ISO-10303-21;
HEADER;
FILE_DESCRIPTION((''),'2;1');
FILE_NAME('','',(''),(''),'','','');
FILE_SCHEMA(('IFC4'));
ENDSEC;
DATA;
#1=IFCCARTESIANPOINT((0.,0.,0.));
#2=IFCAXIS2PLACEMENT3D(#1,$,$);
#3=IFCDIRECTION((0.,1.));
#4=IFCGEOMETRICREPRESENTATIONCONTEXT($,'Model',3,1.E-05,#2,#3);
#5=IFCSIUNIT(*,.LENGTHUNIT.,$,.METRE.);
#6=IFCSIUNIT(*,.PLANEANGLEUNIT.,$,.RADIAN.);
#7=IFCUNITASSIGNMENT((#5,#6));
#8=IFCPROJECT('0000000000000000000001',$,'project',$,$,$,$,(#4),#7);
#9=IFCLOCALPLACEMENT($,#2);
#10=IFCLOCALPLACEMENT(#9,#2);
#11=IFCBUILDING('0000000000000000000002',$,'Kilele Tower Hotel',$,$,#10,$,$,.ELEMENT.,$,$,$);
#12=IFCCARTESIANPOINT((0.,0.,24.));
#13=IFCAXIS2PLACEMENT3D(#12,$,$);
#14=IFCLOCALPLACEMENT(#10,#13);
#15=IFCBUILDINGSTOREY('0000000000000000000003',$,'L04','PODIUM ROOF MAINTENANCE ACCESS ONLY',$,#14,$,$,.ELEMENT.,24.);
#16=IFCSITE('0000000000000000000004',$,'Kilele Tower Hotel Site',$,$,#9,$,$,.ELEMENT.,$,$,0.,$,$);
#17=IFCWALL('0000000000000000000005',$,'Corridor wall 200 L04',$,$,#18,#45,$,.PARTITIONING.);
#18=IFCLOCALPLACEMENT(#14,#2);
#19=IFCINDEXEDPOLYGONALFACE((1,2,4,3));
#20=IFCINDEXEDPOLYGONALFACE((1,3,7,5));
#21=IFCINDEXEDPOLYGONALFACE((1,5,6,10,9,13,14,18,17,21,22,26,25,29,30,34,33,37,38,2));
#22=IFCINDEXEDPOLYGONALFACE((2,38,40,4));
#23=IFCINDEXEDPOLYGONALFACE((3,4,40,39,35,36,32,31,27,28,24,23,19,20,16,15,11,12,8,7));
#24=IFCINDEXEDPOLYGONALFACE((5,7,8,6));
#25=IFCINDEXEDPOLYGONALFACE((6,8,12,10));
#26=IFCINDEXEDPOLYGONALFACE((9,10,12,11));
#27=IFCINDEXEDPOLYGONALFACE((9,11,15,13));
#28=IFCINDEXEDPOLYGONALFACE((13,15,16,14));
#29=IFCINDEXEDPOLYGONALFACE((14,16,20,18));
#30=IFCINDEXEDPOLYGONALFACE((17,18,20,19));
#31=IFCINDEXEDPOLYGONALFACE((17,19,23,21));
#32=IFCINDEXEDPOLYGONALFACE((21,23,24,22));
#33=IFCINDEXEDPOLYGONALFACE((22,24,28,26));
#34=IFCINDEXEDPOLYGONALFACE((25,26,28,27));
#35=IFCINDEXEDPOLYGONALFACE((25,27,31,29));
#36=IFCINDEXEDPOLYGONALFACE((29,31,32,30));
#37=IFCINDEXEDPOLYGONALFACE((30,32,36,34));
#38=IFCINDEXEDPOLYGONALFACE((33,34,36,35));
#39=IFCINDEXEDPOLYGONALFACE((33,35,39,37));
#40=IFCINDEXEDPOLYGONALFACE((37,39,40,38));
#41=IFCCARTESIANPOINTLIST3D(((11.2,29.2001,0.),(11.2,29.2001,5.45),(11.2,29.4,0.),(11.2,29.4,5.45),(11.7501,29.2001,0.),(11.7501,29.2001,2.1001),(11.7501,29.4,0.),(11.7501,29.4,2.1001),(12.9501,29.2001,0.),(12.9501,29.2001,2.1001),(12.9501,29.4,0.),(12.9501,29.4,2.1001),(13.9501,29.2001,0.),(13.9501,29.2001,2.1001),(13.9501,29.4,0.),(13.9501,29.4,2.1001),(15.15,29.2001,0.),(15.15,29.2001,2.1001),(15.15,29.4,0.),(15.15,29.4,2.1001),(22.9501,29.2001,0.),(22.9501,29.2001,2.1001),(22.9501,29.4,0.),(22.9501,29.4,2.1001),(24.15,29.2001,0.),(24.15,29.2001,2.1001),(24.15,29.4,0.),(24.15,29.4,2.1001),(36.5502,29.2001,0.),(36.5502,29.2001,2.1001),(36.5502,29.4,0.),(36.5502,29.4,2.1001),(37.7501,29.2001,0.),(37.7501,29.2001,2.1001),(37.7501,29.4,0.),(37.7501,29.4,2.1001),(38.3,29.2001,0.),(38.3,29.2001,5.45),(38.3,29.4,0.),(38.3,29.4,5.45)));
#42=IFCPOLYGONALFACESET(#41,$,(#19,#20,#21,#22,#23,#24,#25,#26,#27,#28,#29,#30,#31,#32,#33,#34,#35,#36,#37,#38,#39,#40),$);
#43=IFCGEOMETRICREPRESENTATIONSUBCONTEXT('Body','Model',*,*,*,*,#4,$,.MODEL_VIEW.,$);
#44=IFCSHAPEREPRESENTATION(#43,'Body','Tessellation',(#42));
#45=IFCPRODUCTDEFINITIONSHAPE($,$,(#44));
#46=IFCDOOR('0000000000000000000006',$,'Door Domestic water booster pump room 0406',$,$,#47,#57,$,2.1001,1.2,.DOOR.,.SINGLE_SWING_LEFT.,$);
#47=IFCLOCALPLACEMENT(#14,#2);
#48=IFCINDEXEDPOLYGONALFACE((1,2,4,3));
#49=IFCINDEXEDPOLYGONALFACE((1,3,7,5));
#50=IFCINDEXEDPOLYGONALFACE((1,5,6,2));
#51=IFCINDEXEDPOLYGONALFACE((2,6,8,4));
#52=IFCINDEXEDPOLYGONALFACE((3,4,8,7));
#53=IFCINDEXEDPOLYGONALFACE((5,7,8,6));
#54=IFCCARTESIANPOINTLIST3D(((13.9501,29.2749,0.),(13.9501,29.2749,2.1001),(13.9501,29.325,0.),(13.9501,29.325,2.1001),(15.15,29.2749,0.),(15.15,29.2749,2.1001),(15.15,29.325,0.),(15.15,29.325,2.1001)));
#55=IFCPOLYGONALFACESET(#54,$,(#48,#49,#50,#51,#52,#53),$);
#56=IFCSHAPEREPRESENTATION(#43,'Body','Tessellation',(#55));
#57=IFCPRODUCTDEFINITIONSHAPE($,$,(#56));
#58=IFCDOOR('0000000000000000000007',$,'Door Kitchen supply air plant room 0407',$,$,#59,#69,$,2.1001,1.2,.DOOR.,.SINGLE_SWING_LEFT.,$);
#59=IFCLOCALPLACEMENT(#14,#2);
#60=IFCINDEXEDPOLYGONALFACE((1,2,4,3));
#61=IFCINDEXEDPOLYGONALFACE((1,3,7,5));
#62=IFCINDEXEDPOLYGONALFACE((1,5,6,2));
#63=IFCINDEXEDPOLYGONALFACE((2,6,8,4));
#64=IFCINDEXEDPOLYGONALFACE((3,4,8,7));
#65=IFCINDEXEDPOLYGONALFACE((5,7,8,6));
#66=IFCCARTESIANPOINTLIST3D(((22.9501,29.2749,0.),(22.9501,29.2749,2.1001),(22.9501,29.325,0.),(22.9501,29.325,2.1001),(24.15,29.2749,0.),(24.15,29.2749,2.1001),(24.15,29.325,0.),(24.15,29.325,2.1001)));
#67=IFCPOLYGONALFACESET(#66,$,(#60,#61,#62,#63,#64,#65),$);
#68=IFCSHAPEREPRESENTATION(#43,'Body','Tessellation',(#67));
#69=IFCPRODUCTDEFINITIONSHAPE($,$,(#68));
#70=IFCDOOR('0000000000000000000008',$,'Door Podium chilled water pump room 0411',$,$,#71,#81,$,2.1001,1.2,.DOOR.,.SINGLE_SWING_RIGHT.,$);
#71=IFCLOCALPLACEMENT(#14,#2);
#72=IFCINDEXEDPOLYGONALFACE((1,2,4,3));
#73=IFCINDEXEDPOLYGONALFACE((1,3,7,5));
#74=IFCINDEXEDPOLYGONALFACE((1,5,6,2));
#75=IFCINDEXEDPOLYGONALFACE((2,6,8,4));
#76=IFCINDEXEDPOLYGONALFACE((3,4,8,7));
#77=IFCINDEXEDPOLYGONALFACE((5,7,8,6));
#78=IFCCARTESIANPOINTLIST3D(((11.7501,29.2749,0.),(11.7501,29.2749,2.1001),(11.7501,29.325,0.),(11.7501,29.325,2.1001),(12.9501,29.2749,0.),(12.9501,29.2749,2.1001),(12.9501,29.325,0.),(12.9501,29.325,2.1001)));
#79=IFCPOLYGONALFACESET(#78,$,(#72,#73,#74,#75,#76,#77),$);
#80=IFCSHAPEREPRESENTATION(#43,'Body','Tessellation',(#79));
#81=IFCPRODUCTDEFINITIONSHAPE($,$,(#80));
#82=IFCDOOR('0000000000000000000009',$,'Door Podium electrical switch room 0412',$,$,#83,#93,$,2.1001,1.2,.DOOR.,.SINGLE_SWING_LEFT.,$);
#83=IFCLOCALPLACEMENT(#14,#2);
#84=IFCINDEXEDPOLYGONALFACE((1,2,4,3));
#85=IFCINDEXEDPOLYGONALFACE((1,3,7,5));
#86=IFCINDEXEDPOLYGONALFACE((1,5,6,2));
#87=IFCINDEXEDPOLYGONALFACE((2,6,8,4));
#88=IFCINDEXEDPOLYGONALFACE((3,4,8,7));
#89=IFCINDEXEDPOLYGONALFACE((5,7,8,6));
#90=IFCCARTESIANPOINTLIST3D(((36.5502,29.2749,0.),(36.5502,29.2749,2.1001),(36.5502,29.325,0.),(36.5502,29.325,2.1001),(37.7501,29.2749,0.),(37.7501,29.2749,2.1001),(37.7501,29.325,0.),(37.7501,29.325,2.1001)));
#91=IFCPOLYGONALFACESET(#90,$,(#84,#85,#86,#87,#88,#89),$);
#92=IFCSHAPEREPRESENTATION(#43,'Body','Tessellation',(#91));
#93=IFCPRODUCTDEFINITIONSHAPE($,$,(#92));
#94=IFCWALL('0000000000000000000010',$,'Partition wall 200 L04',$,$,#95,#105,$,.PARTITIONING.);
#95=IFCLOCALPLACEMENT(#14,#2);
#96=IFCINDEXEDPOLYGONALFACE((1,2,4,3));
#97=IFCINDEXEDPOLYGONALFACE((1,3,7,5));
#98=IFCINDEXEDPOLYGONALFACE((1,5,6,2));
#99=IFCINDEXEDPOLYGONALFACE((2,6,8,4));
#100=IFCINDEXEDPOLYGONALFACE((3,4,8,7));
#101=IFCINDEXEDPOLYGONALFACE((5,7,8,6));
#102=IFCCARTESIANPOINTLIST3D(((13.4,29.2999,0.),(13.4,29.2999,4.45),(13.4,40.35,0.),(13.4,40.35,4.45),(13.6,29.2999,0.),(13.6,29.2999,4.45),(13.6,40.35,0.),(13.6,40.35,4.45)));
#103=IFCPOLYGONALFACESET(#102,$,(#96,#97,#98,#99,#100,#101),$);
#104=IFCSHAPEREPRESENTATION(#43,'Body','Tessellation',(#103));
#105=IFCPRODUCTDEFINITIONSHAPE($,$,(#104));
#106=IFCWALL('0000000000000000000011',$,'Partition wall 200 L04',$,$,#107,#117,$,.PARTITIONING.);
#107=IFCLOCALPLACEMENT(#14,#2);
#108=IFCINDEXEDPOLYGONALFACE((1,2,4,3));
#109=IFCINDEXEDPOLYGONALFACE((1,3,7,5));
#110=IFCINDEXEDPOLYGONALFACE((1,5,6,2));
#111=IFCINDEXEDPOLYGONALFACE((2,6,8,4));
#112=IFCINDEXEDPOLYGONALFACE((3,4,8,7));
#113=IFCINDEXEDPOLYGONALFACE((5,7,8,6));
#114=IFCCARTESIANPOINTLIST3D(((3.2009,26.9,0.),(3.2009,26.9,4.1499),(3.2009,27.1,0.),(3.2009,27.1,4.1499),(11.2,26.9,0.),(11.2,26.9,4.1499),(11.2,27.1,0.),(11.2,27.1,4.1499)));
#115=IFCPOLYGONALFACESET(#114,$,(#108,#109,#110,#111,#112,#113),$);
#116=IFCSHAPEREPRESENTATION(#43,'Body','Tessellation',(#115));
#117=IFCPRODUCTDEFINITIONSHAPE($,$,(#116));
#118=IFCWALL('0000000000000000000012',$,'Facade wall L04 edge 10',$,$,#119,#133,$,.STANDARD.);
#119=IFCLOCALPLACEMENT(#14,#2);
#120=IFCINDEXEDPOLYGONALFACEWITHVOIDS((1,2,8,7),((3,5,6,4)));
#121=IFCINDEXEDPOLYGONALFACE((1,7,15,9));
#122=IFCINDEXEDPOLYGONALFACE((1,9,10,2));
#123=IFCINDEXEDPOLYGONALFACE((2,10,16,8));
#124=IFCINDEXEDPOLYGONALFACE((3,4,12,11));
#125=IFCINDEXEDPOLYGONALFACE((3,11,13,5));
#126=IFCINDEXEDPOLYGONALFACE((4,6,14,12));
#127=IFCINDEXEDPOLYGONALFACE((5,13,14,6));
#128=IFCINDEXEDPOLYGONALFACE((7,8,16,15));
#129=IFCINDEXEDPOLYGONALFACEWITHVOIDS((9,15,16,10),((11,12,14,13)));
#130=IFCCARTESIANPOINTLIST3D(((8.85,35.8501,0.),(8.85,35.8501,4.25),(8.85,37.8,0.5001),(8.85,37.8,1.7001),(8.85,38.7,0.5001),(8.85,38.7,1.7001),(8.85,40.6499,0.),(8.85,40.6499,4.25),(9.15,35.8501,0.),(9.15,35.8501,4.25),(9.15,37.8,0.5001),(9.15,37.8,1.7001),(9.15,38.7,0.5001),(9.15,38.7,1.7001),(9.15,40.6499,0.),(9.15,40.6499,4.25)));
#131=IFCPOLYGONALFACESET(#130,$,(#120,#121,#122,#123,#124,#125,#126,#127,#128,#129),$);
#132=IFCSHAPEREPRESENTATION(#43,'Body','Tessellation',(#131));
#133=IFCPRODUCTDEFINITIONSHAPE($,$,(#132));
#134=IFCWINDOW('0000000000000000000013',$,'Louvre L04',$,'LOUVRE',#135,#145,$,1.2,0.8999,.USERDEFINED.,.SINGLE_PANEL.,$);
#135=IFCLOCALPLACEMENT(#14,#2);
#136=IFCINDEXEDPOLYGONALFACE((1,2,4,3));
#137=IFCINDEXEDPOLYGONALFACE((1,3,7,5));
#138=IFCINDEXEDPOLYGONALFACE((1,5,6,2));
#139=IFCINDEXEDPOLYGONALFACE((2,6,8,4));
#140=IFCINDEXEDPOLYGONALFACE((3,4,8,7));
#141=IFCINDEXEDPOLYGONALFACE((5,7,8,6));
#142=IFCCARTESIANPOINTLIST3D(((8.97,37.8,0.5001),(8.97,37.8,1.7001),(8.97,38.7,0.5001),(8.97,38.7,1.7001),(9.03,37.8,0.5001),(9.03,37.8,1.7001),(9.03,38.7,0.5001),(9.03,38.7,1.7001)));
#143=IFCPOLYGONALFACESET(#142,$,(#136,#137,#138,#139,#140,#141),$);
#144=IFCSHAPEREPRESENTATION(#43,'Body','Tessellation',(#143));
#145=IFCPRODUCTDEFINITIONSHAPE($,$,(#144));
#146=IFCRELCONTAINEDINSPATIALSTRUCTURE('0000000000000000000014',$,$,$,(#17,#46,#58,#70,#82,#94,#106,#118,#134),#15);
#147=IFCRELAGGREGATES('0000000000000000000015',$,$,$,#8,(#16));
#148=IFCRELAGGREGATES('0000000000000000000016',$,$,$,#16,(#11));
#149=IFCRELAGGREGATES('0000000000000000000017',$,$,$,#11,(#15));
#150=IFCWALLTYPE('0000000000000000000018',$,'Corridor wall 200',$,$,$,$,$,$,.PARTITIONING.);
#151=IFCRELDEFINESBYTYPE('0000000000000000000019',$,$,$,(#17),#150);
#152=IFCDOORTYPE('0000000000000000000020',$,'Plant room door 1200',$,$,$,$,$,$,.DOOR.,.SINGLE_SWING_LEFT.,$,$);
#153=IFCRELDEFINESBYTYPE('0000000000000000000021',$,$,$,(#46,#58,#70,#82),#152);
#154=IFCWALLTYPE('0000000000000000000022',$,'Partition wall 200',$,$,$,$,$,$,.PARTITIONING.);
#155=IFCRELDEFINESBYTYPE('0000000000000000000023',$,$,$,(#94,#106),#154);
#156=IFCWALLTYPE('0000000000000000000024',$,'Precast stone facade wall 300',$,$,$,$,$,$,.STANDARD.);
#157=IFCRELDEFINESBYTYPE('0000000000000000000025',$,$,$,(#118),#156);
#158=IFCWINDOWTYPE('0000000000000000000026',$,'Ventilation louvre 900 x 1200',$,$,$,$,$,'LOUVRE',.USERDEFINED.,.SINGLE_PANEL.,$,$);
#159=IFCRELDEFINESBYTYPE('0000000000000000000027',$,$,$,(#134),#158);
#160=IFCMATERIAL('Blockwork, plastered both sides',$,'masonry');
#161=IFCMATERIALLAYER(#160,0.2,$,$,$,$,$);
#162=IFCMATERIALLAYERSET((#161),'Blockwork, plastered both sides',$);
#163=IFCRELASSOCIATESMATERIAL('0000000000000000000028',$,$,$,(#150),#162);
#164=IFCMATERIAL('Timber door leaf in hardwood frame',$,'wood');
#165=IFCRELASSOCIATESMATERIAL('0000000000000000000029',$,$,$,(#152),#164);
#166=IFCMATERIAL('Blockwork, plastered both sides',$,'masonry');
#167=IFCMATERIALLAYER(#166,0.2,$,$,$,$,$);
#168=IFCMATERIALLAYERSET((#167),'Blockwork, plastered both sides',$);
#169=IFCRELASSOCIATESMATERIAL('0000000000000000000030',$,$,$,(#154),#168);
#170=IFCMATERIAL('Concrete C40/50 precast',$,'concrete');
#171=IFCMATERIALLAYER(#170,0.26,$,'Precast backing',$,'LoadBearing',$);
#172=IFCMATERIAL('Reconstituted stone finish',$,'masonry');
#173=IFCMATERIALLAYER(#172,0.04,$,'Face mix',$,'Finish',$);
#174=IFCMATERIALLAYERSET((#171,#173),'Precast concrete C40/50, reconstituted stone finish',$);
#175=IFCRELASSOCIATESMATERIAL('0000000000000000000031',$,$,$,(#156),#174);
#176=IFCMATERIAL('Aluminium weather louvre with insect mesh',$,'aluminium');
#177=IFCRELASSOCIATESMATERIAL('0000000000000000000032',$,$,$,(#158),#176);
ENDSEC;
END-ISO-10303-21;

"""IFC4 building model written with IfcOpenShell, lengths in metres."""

from ifc_helpers import new_model, si_unit, direction, frame, frame_2d, origin, place, context, subcontext, project, spatial, rectangle, extrude, material, layer, layer_set, type_object, element, fill, save


model = new_model("IFC4")

# Units and contexts
model_context = context("Model", 3, precision=1e-05, world=origin(), true_north=direction((0.0, 1.0)))
body_context = subcontext(model_context, "Body", "Model", "MODEL_VIEW")
ifc_project = project(units=[si_unit("LENGTHUNIT", "METRE"), si_unit("PLANEANGLEUNIT", "RADIAN")], contexts=[model_context])

# Site, building, storey
site_placement = place(None, origin())
site = spatial("IfcSite", under=ifc_project, at=site_placement, Name="Kilele Tower Hotel Site", CompositionType="ELEMENT", RefElevation=0.0)
building_placement = place(site_placement, origin())
building = spatial("IfcBuilding", under=site, at=building_placement, Name="Kilele Tower Hotel", CompositionType="ELEMENT")
storey_placement = place(building_placement, frame((0.0, 0.0, 24.0)))
storey = spatial("IfcBuildingStorey", under=building, at=storey_placement, Name="L04", Description="PODIUM ROOF MAINTENANCE ACCESS ONLY", CompositionType="ELEMENT", Elevation=24.0)

# Wall, openings, doors
ifc_material_1 = material(Name="Blockwork, plastered both sides", Category="masonry")
ifc_layer_1 = layer(ifc_material_1, 0.2)
ifc_layer_set_1 = layer_set([ifc_layer_1], Name="Blockwork, plastered both sides")
wall_type_1 = type_object("IfcWallType", Name="Corridor wall 200", PredefinedType="PARTITIONING", material=ifc_layer_set_1)
wall_1_placement = place(storey_placement, frame((11.2, 29.3, 0.0), z_axis=(0.0, 0.0, 1.0), x_axis=(1.0, 0.0, 0.0)))
wall_1 = element("IfcWall", 1, at=wall_1_placement, inside=storey, type_object=wall_type_1, Name="Corridor wall 200 L04", PredefinedType="PARTITIONING", context=body_context, shape_type="SweptSolid", body=[
    extrude(rectangle(XDim=27.1001, YDim=0.2, at=frame_2d((13.55, 0.0))), origin(), (0.0, 0.0, 1.0), 5.45),
])
opening_1_placement = place(wall_1_placement, frame((2.75, 0.0, 0.0)))
opening_1 = element("IfcOpeningElement", 2, at=opening_1_placement, cuts=wall_1, PredefinedType="OPENING", context=body_context, shape_type="SweptSolid", body=[
    extrude(rectangle(XDim=1.2, YDim=2.1001, at=frame_2d((0.6001, 1.05))), frame((0.0, 0.1099, 0.0), z_axis=(0.0, -1.0, 0.0), x_axis=(1.0, 0.0, 0.0)), (0.0, 0.0, 1.0), 0.22),
])
opening_2_placement = place(wall_1_placement, frame((11.75, 0.0, 0.0)))
opening_2 = element("IfcOpeningElement", 3, at=opening_2_placement, cuts=wall_1, PredefinedType="OPENING", context=body_context, shape_type="SweptSolid", body=[
    extrude(rectangle(XDim=1.2, YDim=2.1001, at=frame_2d((0.6001, 1.05))), frame((0.0, 0.1099, 0.0), z_axis=(0.0, -1.0, 0.0), x_axis=(1.0, 0.0, 0.0)), (0.0, 0.0, 1.0), 0.22),
])
opening_3_placement = place(wall_1_placement, frame((0.55, 0.0, 0.0)))
opening_3 = element("IfcOpeningElement", 4, at=opening_3_placement, cuts=wall_1, PredefinedType="OPENING", context=body_context, shape_type="SweptSolid", body=[
    extrude(rectangle(XDim=1.2, YDim=2.1001, at=frame_2d((0.6001, 1.05))), frame((0.0, 0.1099, 0.0), z_axis=(0.0, -1.0, 0.0), x_axis=(1.0, 0.0, 0.0)), (0.0, 0.0, 1.0), 0.22),
])
opening_4_placement = place(wall_1_placement, frame((25.3501, 0.0, 0.0)))
opening_4 = element("IfcOpeningElement", 5, at=opening_4_placement, cuts=wall_1, PredefinedType="OPENING", context=body_context, shape_type="SweptSolid", body=[
    extrude(rectangle(XDim=1.2, YDim=2.1001, at=frame_2d((0.6001, 1.05))), frame((0.0, 0.1099, 0.0), z_axis=(0.0, -1.0, 0.0), x_axis=(1.0, 0.0, 0.0)), (0.0, 0.0, 1.0), 0.22),
])
ifc_material_2 = material(Name="Timber door leaf in hardwood frame", Category="wood")
door_type_1 = type_object("IfcDoorType", Name="Plant room door 1200", OperationType="SINGLE_SWING_LEFT", PredefinedType="DOOR", material=ifc_material_2)
door_1_placement = place(opening_1_placement, origin())
door_1 = element("IfcDoor", 6, at=door_1_placement, inside=storey, type_object=door_type_1, Name="Door Domestic water booster pump room 0406", OperationType="SINGLE_SWING_LEFT", OverallHeight=2.1001, OverallWidth=1.2, PredefinedType="DOOR", context=body_context, shape_type="SweptSolid", body=[
    extrude(rectangle(XDim=1.2, YDim=2.1001, at=frame_2d((0.6001, 1.05))), frame((0.0, 0.0249, 0.0), z_axis=(0.0, -1.0, 0.0), x_axis=(1.0, 0.0, 0.0)), (0.0, 0.0, 1.0), 0.05),
])
fill(opening_1, door_1)
door_2_placement = place(opening_2_placement, origin())
door_2 = element("IfcDoor", 7, at=door_2_placement, inside=storey, type_object=door_type_1, Name="Door Kitchen supply air plant room 0407", OperationType="SINGLE_SWING_LEFT", OverallHeight=2.1001, OverallWidth=1.2, PredefinedType="DOOR", context=body_context, shape_type="SweptSolid", body=[
    extrude(rectangle(XDim=1.2, YDim=2.1001, at=frame_2d((0.6001, 1.05))), frame((0.0, 0.0249, 0.0), z_axis=(0.0, -1.0, 0.0), x_axis=(1.0, 0.0, 0.0)), (0.0, 0.0, 1.0), 0.05),
])
fill(opening_2, door_2)
door_3_placement = place(opening_3_placement, origin())
door_3 = element("IfcDoor", 8, at=door_3_placement, inside=storey, type_object=door_type_1, Name="Door Podium chilled water pump room 0411", OperationType="SINGLE_SWING_RIGHT", OverallHeight=2.1001, OverallWidth=1.2, PredefinedType="DOOR", context=body_context, shape_type="SweptSolid", body=[
    extrude(rectangle(XDim=1.2, YDim=2.1001, at=frame_2d((0.6001, 1.05))), frame((0.0, 0.0249, 0.0), z_axis=(0.0, -1.0, 0.0), x_axis=(1.0, 0.0, 0.0)), (0.0, 0.0, 1.0), 0.05),
])
fill(opening_3, door_3)
door_4_placement = place(opening_4_placement, origin())
door_4 = element("IfcDoor", 9, at=door_4_placement, inside=storey, type_object=door_type_1, Name="Door Podium electrical switch room 0412", OperationType="SINGLE_SWING_LEFT", OverallHeight=2.1001, OverallWidth=1.2, PredefinedType="DOOR", context=body_context, shape_type="SweptSolid", body=[
    extrude(rectangle(XDim=1.2, YDim=2.1001, at=frame_2d((0.6001, 1.05))), frame((0.0, 0.0249, 0.0), z_axis=(0.0, -1.0, 0.0), x_axis=(1.0, 0.0, 0.0)), (0.0, 0.0, 1.0), 0.05),
])
fill(opening_4, door_4)

# Walls
ifc_material_3 = material(Name="Blockwork, plastered both sides", Category="masonry")
ifc_layer_2 = layer(ifc_material_3, 0.2)
ifc_layer_set_2 = layer_set([ifc_layer_2], Name="Blockwork, plastered both sides")
wall_type_2 = type_object("IfcWallType", Name="Partition wall 200", PredefinedType="PARTITIONING", material=ifc_layer_set_2)
wall_2_placement = place(storey_placement, frame((13.5, 29.3, 0.0), z_axis=(0.0, 0.0, 1.0), x_axis=(0.0, 1.0, 0.0)))
element("IfcWall", 10, at=wall_2_placement, inside=storey, type_object=wall_type_2, Name="Partition wall 200 L04", PredefinedType="PARTITIONING", context=body_context, shape_type="SweptSolid", body=[
    extrude(rectangle(XDim=11.05, YDim=0.2, at=frame_2d((5.5249, 0.0))), origin(), (0.0, 0.0, 1.0), 4.45),
])
wall_3_placement = place(storey_placement, frame((11.2, 27.0, 0.0), z_axis=(0.0, 0.0, 1.0), x_axis=(-1.0, 0.0, 0.0)))
element("IfcWall", 11, at=wall_3_placement, inside=storey, type_object=wall_type_2, Name="Partition wall 200 L04", PredefinedType="PARTITIONING", context=body_context, shape_type="SweptSolid", body=[
    extrude(rectangle(XDim=7.999, YDim=0.2, at=frame_2d((3.9995, 0.0))), origin(), (0.0, 0.0, 1.0), 4.1499),
])

# Wall, opening, window
ifc_material_4 = material(Name="Concrete C40/50 precast", Category="concrete")
ifc_layer_3 = layer(ifc_material_4, 0.26, Name="Precast backing", Category="LoadBearing")
ifc_material_5 = material(Name="Reconstituted stone finish", Category="masonry")
ifc_layer_4 = layer(ifc_material_5, 0.04, Name="Face mix", Category="Finish")
ifc_layer_set_3 = layer_set([ifc_layer_3, ifc_layer_4], Name="Precast concrete C40/50, reconstituted stone finish")
wall_type_3 = type_object("IfcWallType", Name="Precast stone facade wall 300", PredefinedType="STANDARD", material=ifc_layer_set_3)
wall_4_placement = place(storey_placement, frame((9.0, 40.6499, 0.0), z_axis=(0.0, 0.0, 1.0), x_axis=(0.0, -1.0, 0.0)))
wall_4 = element("IfcWall", 12, at=wall_4_placement, inside=storey, type_object=wall_type_3, Name="Facade wall L04 edge 10", PredefinedType="STANDARD", context=body_context, shape_type="SweptSolid", body=[
    extrude(rectangle(XDim=4.7998, YDim=0.3, at=frame_2d((2.3999, 0.0))), origin(), (0.0, 0.0, 1.0), 4.25),
])
opening_5_placement = place(wall_4_placement, frame((1.95, 0.0, 0.5)))
opening_5 = element("IfcOpeningElement", 13, at=opening_5_placement, cuts=wall_4, PredefinedType="OPENING", context=body_context, shape_type="SweptSolid", body=[
    extrude(rectangle(XDim=0.8999, YDim=1.2, at=frame_2d((0.45, 0.6001))), frame((0.0, 0.1599, 0.0), z_axis=(0.0, -1.0, 0.0), x_axis=(1.0, 0.0, 0.0)), (0.0, 0.0, 1.0), 0.3201),
])
ifc_material_6 = material(Name="Aluminium weather louvre with insect mesh", Category="aluminium")
window_type_1 = type_object("IfcWindowType", Name="Ventilation louvre 900 x 1200", ElementType="LOUVRE", PartitioningType="SINGLE_PANEL", PredefinedType="USERDEFINED", material=ifc_material_6)
window_1_placement = place(opening_5_placement, origin())
window_1 = element("IfcWindow", 14, at=window_1_placement, inside=storey, type_object=window_type_1, Name="Louvre L04", ObjectType="LOUVRE", OverallHeight=1.2, OverallWidth=0.8999, PartitioningType="SINGLE_PANEL", PredefinedType="USERDEFINED", context=body_context, shape_type="SweptSolid", body=[
    extrude(rectangle(XDim=0.8999, YDim=1.2, at=frame_2d((0.45, 0.6001))), frame((0.0, 0.03, 0.0), z_axis=(0.0, -1.0, 0.0), x_axis=(1.0, 0.0, 0.0)), (0.0, 0.0, 1.0), 0.0601),
])
fill(opening_5, window_1)

save(model, "model.ifc")
